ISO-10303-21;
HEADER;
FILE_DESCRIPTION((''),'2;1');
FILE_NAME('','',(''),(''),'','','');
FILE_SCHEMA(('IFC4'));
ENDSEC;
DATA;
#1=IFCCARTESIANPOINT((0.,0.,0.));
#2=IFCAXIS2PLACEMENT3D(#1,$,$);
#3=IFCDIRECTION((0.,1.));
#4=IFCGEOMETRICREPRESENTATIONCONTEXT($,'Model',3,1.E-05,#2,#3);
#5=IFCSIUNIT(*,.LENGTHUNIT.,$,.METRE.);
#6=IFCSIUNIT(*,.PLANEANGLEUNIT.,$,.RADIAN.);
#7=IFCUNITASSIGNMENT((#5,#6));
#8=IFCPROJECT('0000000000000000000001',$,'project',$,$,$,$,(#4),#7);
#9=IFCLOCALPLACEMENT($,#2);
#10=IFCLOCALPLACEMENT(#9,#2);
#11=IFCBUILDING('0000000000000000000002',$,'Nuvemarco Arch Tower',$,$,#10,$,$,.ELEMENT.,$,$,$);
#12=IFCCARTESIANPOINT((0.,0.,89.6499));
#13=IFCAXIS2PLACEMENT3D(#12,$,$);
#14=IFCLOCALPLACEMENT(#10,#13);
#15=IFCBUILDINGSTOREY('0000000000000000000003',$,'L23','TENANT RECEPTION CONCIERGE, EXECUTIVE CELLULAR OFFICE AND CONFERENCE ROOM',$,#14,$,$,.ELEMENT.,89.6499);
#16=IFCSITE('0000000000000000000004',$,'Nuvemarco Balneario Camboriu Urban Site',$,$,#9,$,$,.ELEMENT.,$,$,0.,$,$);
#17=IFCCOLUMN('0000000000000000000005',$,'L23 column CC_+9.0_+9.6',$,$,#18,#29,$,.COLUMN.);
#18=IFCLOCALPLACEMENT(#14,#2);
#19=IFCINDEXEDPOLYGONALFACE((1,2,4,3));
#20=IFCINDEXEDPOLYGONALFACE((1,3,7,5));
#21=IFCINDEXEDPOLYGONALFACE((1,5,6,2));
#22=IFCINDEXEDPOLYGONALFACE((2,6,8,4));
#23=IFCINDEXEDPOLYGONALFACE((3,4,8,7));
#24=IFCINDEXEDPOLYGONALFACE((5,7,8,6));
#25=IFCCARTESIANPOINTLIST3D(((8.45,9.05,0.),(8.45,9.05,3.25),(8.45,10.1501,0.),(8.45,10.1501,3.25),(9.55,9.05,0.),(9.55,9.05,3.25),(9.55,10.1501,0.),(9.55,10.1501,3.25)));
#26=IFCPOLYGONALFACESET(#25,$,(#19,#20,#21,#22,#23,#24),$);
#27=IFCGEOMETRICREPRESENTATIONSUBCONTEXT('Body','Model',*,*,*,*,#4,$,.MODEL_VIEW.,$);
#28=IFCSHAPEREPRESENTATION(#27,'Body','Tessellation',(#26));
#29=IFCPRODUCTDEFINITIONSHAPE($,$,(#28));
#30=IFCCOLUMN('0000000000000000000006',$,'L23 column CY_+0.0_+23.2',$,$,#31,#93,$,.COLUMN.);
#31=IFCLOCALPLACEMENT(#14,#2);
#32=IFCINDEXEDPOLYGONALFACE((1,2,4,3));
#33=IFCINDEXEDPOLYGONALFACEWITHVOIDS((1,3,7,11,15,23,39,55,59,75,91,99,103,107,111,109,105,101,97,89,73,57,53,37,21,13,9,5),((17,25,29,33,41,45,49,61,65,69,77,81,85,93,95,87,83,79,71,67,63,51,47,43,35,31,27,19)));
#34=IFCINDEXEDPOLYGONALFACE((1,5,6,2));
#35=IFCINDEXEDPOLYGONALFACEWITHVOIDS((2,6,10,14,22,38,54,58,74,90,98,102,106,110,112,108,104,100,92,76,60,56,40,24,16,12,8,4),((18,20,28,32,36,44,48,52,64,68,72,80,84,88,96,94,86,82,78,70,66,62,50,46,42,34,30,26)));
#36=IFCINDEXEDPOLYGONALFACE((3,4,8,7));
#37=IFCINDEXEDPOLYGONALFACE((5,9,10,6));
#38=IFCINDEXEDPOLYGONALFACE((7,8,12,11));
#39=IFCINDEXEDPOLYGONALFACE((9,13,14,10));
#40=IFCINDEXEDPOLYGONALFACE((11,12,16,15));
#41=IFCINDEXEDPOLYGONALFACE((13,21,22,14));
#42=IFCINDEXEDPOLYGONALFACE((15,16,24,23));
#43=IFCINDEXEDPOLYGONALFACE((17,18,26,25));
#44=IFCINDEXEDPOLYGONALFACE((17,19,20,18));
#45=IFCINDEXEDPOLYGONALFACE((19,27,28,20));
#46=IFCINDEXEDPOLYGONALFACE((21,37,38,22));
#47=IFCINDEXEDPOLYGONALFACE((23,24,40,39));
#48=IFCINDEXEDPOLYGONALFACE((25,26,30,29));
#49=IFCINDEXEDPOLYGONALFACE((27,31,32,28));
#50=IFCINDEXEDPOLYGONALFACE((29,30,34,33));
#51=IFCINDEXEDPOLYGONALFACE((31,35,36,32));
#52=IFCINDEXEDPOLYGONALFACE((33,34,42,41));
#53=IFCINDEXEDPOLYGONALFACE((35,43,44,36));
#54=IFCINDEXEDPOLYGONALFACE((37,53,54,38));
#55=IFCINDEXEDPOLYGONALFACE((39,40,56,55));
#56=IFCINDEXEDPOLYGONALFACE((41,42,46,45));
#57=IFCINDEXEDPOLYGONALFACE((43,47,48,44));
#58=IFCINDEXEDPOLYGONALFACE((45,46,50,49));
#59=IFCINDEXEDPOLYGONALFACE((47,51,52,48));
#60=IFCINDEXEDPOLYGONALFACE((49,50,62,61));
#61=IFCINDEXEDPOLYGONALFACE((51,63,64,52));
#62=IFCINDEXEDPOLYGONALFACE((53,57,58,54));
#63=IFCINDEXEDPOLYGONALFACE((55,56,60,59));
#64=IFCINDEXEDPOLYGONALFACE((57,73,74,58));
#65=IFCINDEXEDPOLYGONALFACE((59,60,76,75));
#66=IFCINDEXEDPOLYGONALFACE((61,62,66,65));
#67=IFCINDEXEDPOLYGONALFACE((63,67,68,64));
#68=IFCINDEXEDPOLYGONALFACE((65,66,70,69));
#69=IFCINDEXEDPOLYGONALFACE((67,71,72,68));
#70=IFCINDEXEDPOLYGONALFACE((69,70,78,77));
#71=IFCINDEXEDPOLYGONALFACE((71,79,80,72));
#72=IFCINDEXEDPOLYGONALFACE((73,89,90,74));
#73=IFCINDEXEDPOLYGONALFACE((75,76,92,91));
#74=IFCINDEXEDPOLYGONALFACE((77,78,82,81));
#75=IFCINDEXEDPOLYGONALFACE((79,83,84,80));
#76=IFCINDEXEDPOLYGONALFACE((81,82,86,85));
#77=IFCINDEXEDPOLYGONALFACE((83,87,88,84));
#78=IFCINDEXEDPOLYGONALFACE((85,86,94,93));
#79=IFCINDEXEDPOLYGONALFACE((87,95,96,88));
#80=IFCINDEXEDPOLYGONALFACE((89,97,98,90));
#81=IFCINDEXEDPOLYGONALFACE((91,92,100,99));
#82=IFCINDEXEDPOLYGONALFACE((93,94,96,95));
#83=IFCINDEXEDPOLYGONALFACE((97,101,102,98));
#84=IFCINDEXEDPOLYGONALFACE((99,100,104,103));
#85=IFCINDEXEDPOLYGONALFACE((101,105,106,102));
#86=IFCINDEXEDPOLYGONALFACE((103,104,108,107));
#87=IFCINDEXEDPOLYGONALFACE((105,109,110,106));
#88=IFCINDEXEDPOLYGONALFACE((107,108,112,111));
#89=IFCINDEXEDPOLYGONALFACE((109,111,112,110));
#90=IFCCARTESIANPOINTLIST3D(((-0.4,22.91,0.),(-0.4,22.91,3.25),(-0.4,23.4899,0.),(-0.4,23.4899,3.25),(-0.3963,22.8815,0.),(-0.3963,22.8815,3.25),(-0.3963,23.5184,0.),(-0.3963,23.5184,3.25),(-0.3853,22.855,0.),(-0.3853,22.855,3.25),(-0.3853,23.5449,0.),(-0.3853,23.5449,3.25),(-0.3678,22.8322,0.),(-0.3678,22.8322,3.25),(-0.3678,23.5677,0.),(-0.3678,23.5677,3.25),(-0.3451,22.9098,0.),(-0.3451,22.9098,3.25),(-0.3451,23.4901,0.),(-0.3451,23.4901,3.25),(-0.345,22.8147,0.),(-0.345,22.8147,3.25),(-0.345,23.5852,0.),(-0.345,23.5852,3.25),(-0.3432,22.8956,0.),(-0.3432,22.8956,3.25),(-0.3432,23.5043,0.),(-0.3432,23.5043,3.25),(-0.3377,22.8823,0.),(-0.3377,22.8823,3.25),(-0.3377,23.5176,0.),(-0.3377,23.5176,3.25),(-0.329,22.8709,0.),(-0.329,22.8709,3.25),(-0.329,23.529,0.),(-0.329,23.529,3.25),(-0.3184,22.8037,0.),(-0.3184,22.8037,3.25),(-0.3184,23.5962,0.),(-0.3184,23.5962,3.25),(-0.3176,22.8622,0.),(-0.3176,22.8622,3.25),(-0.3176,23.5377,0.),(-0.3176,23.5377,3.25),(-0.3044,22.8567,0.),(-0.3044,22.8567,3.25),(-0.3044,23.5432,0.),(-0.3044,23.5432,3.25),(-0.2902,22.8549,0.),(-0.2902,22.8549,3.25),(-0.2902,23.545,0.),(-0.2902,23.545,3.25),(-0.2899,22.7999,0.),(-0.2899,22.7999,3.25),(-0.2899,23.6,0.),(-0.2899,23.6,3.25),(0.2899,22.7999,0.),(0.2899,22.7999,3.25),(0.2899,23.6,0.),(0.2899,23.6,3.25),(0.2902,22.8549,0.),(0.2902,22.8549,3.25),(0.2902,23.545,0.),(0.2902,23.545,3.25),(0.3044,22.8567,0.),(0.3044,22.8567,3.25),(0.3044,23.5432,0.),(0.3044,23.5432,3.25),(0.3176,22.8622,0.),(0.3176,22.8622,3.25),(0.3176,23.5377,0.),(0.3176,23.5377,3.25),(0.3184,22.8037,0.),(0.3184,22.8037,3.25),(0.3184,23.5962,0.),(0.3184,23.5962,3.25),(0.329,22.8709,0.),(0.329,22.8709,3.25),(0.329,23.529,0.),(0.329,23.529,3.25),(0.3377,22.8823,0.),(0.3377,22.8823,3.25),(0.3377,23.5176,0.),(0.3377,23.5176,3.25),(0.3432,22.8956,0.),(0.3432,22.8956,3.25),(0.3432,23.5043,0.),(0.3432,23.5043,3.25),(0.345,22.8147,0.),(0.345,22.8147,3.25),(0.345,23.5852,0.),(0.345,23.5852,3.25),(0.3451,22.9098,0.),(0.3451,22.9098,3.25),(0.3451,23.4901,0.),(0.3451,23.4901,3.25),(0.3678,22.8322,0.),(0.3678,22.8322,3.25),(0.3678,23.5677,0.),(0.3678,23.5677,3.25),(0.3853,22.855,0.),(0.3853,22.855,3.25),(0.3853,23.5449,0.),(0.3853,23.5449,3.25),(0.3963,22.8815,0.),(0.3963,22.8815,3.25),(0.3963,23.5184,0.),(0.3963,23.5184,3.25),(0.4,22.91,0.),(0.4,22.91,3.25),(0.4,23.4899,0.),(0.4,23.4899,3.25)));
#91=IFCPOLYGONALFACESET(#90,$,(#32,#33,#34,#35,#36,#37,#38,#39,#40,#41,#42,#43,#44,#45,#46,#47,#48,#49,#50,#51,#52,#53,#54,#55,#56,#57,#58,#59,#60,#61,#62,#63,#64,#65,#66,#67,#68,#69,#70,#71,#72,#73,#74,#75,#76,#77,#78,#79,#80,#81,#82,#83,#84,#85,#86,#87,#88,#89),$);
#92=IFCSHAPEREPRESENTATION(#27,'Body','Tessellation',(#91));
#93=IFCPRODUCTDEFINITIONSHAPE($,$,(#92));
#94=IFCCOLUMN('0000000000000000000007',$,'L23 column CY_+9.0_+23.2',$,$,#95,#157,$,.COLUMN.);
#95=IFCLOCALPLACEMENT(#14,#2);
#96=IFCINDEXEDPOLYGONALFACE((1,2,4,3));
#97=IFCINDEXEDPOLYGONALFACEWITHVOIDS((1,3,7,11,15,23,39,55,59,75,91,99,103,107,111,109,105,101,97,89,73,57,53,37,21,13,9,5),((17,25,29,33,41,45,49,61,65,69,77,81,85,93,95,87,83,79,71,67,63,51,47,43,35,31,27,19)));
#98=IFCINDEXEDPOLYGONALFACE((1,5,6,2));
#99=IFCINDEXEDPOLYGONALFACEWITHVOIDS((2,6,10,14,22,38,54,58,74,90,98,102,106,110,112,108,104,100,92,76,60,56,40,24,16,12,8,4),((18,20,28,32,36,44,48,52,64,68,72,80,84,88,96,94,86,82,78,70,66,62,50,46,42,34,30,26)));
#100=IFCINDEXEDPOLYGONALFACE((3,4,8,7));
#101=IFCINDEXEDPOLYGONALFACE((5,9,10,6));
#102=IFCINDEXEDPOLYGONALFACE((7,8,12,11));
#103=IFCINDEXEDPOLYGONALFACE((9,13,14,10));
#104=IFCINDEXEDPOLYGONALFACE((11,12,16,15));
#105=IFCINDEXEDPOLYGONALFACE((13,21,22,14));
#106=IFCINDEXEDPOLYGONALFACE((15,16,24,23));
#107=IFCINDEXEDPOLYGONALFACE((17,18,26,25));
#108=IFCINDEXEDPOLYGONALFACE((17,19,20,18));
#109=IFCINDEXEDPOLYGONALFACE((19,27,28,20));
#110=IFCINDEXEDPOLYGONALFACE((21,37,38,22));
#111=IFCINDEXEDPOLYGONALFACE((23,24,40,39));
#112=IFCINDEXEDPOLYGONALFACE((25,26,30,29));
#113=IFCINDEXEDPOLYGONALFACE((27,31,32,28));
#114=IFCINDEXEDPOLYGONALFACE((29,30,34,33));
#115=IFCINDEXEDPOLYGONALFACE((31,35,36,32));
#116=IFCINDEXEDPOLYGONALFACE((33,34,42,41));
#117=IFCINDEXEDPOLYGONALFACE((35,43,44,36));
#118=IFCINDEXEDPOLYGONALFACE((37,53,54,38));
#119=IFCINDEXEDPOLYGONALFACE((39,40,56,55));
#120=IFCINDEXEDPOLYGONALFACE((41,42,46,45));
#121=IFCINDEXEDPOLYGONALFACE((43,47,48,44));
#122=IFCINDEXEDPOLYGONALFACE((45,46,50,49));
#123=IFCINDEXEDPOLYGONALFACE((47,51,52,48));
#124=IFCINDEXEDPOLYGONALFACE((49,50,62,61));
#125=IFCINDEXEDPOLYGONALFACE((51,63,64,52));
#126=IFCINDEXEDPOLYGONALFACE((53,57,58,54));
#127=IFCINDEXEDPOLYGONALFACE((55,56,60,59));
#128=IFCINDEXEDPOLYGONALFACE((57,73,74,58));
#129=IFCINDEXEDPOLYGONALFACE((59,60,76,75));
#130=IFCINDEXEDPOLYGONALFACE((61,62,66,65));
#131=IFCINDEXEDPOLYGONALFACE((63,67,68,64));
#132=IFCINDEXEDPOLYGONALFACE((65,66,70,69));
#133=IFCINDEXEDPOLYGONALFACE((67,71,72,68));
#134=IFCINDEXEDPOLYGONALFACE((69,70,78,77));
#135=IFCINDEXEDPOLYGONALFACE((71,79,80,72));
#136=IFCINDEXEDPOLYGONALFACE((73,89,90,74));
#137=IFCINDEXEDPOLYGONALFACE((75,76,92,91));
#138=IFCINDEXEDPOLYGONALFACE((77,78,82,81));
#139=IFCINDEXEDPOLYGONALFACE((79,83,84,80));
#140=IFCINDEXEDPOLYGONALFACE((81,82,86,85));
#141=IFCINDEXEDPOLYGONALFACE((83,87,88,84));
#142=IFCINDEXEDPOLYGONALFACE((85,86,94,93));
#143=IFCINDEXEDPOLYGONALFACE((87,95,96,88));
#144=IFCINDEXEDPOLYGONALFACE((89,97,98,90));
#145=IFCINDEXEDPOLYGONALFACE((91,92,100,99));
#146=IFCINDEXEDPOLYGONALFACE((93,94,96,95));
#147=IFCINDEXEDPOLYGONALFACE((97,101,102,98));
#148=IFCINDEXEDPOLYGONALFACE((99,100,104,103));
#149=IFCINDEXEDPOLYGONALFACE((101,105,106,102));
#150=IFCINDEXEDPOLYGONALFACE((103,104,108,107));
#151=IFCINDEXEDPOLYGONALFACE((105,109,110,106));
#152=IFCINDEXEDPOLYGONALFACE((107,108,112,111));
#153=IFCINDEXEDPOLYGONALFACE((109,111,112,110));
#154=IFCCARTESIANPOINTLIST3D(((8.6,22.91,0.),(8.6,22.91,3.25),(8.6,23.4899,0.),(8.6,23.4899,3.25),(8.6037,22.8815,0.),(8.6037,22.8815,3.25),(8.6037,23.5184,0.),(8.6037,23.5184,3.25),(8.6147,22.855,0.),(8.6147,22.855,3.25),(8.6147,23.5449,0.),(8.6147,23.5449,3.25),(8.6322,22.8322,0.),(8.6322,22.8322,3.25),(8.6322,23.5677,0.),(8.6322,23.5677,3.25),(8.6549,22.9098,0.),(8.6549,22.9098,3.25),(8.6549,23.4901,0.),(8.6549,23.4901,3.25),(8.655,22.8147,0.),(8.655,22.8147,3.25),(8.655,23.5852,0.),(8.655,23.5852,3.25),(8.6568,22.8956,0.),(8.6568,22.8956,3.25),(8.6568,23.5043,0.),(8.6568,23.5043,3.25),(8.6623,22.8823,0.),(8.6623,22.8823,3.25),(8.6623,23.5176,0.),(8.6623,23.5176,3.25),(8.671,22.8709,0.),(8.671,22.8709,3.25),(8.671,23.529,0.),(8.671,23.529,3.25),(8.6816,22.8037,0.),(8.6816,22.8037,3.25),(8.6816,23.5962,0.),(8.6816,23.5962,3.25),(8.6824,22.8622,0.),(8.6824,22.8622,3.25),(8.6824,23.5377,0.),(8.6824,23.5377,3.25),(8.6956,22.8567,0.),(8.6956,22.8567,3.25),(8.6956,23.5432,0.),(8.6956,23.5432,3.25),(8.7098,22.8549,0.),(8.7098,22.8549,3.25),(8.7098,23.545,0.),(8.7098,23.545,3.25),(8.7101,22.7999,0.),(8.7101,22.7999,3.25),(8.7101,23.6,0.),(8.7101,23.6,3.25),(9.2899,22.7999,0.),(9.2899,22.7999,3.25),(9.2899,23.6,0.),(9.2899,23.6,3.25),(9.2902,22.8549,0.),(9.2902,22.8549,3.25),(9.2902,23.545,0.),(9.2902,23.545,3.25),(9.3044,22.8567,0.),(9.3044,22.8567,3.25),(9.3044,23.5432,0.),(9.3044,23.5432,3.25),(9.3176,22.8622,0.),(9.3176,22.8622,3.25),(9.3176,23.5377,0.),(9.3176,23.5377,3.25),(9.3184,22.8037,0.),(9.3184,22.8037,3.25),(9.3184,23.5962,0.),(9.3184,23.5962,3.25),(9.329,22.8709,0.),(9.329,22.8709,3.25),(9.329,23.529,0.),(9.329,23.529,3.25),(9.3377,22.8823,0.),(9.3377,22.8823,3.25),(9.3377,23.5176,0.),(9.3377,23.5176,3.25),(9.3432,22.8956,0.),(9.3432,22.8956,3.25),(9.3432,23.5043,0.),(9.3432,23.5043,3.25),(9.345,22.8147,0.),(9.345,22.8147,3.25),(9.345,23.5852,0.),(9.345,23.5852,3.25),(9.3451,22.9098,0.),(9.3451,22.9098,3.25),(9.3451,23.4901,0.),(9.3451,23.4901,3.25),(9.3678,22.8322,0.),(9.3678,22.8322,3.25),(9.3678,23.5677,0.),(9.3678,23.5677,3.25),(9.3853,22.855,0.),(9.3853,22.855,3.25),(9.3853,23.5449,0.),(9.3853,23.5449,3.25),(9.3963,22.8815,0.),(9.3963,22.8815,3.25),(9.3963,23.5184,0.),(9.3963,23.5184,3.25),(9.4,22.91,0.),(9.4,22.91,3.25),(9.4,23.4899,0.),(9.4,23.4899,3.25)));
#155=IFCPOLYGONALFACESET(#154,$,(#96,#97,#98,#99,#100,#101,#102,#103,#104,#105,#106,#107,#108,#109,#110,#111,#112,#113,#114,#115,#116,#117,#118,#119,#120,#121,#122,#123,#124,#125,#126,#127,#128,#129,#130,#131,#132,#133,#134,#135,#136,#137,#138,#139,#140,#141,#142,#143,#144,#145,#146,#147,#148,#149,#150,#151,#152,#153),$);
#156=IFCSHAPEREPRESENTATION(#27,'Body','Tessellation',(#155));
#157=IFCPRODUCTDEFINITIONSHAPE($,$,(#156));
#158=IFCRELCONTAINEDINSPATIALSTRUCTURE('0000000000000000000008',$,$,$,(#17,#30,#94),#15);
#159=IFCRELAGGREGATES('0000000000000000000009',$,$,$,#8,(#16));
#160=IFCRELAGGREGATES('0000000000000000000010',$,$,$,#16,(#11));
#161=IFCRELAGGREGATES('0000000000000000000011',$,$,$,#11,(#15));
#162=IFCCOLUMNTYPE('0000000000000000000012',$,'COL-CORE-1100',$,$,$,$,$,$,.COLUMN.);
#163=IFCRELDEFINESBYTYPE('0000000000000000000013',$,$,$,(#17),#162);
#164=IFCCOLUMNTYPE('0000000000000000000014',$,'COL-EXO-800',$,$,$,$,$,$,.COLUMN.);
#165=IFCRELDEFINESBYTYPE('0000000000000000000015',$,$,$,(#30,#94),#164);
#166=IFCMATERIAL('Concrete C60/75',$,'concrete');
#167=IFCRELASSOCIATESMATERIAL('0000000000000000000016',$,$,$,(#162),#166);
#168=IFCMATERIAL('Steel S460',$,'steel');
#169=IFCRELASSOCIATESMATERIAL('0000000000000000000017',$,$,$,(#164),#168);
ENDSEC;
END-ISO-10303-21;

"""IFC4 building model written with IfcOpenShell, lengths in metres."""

from ifc_helpers import new_model, si_unit, direction, frame, origin, origin_2d, place, context, subcontext, project, spatial, rectangle, hollow_rectangle, extrude, material, material_profile, profile_set, type_object, element, save


model = new_model("IFC4")

# Units and contexts
model_context = context("Model", 3, precision=1e-05, world=origin(), true_north=direction((0.0, 1.0)))
body_context = subcontext(model_context, "Body", "Model", "MODEL_VIEW")
ifc_project = project(units=[si_unit("LENGTHUNIT", "METRE"), si_unit("PLANEANGLEUNIT", "RADIAN")], contexts=[model_context])

# Site, building, storey
site_placement = place(None, origin())
site = spatial("IfcSite", under=ifc_project, at=site_placement, Name="Nuvemarco Balneario Camboriu Urban Site", CompositionType="ELEMENT", RefElevation=0.0)
building_placement = place(site_placement, origin())
building = spatial("IfcBuilding", under=site, at=building_placement, Name="Nuvemarco Arch Tower", CompositionType="ELEMENT")
storey_placement = place(building_placement, frame((0.0, 0.0, 89.6499)))
storey = spatial("IfcBuildingStorey", under=building, at=storey_placement, Name="L23", Description="TENANT RECEPTION CONCIERGE, EXECUTIVE CELLULAR OFFICE AND CONFERENCE ROOM", CompositionType="ELEMENT", Elevation=89.6499)

# Columns
ifc_material_1 = material(Name="Concrete C60/75", Category="concrete")
ifc_material_profile_1 = material_profile(ifc_material_1, rectangle(XDim=1.1001, YDim=1.1001, at=origin_2d()), Name="RC-COL-1100x1100")
ifc_profile_set_1 = profile_set([ifc_material_profile_1], Name="Concrete C60/75")
column_type_1 = type_object("IfcColumnType", Name="COL-CORE-1100", PredefinedType="COLUMN", material=ifc_profile_set_1)
column_placement = place(storey_placement, frame((9.0, 9.6001, 0.0), z_axis=(0.0, 0.0, 1.0), x_axis=(1.0, 0.0, 0.0)))
element("IfcColumn", 1, at=column_placement, inside=storey, type_object=column_type_1, Name="L23 column CC_+9.0_+9.6", PredefinedType="COLUMN", context=body_context, shape_type="SweptSolid", body=[
    extrude(rectangle(XDim=1.1001, YDim=1.1001, at=origin_2d()), origin(), (0.0, 0.0, 1.0), 3.25),
])
ifc_material_2 = material(Name="Steel S460", Category="steel")
ifc_material_profile_2 = material_profile(ifc_material_2, hollow_rectangle(XDim=0.8, YDim=0.8, WallThickness=0.0549, InnerFilletRadius=0.0549, OuterFilletRadius=0.1101, at=origin_2d()), Name="SHS800x800x55")
ifc_profile_set_2 = profile_set([ifc_material_profile_2], Name="Steel S460")
column_type_2 = type_object("IfcColumnType", Name="COL-EXO-800", PredefinedType="COLUMN", material=ifc_profile_set_2)
for number, where, z_axis, x_axis, name in (
    (2, (0.0, 23.2, 0.0), (0.0, 0.0, 1.0), (1.0, 0.0, 0.0), "L23 column CY_+0.0_+23.2"),
    (3, (9.0, 23.2, 0.0), (0.0, 0.0, 1.0), (1.0, 0.0, 0.0), "L23 column CY_+9.0_+23.2"),
):
    element("IfcColumn", number, at=place(storey_placement, frame(where, z_axis=z_axis, x_axis=x_axis)), inside=storey, type_object=column_type_2, Name=name, PredefinedType="COLUMN", context=body_context, shape_type="SweptSolid", body=[
        extrude(hollow_rectangle(XDim=0.8, YDim=0.8, WallThickness=0.0549, InnerFilletRadius=0.0549, OuterFilletRadius=0.1101, at=origin_2d()), origin(), (0.0, 0.0, 1.0), 3.25),
    ])

save(model, "model.ifc")
